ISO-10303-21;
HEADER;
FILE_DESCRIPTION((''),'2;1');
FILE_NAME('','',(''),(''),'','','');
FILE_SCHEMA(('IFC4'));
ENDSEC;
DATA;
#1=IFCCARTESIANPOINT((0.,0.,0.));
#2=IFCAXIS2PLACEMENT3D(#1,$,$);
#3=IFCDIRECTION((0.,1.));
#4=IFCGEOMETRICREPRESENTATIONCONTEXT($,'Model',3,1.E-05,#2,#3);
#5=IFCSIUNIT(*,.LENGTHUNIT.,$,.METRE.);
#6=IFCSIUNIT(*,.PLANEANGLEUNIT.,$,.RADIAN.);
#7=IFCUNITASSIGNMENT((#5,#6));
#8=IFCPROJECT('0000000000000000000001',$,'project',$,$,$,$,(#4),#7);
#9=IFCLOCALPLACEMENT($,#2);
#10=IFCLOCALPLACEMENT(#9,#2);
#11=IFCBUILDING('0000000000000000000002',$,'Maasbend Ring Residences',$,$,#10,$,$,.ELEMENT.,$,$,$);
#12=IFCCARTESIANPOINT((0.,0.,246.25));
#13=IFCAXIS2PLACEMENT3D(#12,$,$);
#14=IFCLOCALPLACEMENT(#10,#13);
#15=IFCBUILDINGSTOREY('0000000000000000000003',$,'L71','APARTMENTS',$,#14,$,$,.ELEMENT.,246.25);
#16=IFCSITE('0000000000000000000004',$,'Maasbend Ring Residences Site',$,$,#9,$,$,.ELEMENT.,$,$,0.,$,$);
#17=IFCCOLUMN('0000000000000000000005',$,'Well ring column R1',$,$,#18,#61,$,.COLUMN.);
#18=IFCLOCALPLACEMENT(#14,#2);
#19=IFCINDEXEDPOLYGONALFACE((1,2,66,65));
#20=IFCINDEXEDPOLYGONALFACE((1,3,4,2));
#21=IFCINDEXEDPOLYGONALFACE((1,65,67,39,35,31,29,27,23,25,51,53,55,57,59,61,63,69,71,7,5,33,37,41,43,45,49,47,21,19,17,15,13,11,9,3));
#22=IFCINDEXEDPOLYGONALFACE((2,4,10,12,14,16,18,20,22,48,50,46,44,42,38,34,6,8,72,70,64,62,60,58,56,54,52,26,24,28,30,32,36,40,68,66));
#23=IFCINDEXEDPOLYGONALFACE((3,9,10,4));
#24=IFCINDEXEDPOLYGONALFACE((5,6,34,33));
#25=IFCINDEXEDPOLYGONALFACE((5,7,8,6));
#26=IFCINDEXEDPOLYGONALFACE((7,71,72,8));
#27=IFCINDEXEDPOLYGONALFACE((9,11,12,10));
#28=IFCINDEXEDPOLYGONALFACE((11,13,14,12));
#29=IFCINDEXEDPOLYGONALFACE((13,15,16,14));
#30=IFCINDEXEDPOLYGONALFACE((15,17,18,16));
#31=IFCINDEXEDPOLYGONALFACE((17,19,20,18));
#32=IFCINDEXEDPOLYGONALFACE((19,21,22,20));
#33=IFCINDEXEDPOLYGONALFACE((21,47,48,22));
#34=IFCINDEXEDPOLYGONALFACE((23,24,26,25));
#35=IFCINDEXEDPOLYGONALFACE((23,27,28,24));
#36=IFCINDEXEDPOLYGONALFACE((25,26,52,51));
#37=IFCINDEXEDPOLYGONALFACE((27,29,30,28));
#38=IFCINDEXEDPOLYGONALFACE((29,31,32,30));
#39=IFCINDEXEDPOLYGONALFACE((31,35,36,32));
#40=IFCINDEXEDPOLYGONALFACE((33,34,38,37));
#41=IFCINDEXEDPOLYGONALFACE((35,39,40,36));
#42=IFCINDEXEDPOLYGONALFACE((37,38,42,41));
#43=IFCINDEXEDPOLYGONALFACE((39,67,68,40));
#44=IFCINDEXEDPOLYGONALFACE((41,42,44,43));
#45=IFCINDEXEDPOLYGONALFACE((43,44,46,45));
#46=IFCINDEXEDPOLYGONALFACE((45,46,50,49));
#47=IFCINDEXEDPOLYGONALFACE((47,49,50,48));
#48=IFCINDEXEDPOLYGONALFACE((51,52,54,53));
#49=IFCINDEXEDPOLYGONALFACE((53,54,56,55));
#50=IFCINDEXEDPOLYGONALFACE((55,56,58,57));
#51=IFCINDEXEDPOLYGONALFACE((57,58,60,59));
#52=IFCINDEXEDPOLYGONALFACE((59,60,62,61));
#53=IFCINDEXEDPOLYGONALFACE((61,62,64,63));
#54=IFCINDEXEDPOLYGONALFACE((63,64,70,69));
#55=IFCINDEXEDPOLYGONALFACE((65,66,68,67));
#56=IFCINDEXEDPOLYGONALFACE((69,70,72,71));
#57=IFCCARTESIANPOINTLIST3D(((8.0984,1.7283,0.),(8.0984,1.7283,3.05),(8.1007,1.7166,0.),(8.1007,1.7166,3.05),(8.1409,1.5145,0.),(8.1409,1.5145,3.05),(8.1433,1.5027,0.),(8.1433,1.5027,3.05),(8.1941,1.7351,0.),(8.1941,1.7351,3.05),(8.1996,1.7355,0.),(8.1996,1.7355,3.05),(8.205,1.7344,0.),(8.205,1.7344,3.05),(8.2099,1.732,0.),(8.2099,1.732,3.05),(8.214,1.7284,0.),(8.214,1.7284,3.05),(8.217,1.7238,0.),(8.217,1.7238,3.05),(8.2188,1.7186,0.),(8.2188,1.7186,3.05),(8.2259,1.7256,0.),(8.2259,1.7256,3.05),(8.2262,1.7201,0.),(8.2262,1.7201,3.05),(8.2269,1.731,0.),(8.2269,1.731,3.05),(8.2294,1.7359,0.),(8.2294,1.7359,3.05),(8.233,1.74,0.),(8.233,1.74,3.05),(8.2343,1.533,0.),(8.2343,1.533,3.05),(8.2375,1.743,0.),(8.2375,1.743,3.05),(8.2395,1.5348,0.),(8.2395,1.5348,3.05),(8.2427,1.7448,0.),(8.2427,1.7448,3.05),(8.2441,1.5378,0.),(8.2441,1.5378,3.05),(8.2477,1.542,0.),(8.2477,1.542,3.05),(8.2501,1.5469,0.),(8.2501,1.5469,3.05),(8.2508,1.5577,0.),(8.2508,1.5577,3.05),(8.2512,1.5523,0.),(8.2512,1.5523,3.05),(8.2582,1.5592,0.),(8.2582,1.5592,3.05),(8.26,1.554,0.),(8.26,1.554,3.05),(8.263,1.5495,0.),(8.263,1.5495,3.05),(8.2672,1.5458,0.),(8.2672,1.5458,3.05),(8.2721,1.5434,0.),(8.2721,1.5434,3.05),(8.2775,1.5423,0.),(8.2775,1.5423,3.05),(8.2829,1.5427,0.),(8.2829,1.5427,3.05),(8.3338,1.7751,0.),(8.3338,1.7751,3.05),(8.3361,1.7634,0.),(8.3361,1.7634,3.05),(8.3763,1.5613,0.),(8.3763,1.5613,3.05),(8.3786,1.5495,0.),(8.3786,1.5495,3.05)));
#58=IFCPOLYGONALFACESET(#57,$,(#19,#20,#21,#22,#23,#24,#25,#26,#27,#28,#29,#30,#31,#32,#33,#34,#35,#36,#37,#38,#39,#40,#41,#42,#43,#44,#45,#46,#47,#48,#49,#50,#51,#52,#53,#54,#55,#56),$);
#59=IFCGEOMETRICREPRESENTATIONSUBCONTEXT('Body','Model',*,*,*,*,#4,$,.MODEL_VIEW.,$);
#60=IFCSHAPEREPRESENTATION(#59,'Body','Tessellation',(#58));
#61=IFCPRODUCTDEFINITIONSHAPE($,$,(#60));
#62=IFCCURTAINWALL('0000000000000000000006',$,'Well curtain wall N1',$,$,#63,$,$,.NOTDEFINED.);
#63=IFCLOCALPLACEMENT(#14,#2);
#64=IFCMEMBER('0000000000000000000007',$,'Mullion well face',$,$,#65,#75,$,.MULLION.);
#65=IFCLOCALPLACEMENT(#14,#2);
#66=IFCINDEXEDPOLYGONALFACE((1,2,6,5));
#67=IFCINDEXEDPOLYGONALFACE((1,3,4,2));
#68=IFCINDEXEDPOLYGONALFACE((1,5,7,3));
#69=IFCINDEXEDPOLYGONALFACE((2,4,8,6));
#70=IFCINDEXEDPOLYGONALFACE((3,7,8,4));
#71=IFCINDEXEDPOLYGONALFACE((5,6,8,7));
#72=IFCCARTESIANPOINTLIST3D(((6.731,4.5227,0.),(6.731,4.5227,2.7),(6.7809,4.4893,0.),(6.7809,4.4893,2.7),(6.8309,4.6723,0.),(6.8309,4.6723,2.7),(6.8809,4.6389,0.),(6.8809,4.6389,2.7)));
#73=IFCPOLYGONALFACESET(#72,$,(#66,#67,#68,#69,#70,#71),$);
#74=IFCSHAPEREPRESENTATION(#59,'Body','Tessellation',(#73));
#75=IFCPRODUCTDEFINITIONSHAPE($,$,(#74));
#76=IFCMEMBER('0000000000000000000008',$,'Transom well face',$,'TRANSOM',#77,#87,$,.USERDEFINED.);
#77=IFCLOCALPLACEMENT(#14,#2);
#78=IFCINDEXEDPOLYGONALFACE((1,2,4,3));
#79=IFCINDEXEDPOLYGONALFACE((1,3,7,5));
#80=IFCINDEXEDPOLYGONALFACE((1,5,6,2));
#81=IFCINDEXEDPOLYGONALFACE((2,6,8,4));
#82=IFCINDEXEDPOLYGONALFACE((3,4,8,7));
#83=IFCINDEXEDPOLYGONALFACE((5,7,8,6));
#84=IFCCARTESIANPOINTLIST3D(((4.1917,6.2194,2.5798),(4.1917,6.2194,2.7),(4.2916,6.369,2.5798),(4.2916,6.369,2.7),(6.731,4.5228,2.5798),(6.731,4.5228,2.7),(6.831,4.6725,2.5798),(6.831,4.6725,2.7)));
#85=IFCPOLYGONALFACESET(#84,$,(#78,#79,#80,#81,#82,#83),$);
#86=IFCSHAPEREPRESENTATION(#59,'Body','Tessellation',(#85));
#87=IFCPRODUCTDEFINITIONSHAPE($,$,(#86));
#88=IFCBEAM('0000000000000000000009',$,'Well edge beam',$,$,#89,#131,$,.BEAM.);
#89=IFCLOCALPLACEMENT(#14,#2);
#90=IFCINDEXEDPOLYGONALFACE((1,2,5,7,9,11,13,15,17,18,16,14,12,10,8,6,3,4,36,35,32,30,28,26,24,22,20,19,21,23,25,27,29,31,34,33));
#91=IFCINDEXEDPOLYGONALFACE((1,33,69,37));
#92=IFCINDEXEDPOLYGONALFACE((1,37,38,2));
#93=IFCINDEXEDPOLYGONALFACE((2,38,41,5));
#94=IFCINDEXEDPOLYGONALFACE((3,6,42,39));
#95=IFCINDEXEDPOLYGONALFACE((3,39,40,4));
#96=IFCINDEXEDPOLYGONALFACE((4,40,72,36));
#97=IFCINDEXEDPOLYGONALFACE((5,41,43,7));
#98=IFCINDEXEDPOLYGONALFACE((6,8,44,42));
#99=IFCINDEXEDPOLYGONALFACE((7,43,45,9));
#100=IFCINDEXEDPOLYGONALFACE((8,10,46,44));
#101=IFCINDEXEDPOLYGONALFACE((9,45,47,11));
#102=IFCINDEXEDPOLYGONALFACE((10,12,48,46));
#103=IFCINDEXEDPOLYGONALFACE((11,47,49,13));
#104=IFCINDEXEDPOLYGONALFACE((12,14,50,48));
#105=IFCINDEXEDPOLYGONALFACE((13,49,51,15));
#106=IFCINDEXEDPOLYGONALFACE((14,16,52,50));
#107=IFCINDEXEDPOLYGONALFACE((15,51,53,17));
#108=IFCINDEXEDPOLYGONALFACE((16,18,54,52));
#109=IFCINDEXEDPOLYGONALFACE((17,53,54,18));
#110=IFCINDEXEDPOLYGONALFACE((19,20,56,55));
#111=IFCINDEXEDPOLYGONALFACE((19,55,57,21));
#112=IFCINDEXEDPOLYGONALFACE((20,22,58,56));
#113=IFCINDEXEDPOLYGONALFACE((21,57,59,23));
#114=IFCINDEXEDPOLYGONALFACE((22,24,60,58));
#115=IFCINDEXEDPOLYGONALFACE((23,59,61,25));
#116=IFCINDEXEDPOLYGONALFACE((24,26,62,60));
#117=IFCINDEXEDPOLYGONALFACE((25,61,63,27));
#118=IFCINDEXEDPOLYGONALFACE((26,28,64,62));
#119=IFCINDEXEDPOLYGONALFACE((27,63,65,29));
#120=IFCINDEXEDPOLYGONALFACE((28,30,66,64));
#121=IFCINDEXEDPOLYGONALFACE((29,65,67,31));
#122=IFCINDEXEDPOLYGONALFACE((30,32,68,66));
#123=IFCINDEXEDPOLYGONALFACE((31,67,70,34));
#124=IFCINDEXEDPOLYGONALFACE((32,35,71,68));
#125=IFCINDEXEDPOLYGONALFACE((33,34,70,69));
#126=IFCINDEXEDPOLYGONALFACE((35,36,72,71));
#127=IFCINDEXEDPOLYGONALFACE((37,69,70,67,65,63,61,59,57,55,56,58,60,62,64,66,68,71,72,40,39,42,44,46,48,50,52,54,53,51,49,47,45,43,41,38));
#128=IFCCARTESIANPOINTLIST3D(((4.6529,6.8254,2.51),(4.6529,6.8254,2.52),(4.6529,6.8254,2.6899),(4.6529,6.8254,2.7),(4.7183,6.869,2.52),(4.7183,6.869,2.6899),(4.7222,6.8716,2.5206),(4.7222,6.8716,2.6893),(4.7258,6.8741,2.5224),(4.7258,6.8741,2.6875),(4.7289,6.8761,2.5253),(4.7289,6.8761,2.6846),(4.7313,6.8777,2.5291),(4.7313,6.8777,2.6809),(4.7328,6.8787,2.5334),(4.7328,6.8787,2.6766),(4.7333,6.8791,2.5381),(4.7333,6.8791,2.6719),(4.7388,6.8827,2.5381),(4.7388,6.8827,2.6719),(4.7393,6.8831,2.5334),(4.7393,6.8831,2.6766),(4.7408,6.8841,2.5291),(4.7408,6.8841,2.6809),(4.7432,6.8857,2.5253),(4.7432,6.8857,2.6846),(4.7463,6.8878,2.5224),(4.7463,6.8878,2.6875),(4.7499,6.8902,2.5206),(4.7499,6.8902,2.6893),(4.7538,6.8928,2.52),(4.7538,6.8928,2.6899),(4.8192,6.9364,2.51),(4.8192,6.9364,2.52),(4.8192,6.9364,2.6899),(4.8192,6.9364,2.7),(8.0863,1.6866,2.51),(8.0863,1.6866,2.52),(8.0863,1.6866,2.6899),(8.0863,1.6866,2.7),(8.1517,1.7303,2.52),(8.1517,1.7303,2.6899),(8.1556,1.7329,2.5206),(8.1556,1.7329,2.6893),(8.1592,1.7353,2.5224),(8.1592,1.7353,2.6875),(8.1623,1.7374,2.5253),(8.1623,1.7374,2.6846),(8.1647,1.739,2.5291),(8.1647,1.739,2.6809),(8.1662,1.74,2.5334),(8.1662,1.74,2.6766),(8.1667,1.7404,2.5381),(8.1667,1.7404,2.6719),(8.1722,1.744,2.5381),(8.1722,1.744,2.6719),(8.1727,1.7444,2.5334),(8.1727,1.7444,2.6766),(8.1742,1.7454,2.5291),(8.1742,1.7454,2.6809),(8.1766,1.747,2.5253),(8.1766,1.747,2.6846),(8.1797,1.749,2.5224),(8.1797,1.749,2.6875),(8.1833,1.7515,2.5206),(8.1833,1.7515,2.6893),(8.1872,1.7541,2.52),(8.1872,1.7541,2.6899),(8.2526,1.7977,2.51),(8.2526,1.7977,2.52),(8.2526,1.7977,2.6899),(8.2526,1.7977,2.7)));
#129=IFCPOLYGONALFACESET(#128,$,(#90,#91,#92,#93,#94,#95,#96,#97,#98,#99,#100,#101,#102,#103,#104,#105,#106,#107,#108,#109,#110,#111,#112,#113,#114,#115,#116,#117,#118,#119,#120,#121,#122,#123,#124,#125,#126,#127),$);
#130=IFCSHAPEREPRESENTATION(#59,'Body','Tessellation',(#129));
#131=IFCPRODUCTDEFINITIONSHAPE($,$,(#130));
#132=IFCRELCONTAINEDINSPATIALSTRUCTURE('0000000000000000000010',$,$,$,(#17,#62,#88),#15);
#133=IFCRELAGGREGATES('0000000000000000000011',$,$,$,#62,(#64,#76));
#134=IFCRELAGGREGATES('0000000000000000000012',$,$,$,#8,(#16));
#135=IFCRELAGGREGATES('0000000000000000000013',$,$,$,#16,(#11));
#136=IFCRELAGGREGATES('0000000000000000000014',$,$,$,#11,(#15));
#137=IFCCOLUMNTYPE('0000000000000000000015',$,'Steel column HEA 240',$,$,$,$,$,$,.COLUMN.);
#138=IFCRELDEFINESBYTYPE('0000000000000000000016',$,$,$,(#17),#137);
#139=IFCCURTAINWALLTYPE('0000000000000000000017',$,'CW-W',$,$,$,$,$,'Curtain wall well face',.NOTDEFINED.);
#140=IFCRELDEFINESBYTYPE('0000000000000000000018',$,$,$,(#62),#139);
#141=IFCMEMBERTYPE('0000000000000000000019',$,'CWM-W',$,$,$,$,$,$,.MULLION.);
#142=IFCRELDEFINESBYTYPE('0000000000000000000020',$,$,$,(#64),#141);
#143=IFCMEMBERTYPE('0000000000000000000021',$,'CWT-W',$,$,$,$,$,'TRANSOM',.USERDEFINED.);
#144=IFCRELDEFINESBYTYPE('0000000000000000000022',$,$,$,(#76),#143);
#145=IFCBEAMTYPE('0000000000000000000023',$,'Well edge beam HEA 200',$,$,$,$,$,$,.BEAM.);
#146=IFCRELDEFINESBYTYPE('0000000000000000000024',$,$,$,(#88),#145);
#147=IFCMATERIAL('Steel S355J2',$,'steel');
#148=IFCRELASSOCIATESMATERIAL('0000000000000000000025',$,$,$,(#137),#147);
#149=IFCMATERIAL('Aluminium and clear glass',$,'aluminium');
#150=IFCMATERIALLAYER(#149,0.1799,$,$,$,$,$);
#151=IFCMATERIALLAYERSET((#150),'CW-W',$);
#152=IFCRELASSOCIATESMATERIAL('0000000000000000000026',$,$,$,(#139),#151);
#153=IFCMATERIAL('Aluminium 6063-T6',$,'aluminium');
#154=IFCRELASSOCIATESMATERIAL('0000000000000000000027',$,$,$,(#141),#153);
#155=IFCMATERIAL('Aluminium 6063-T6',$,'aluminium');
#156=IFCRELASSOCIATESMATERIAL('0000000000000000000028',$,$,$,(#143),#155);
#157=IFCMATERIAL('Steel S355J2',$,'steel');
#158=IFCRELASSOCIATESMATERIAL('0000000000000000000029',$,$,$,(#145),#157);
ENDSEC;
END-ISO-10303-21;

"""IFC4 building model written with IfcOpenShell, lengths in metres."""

from ifc_helpers import new_model, si_unit, direction, frame, origin, origin_2d, place, context, subcontext, project, spatial, rectangle, i_section, extrude, material, layer, layer_set, material_profile, profile_set, type_object, element, aggregate, save


model = new_model("IFC4")

# Units and contexts
model_context = context("Model", 3, precision=1e-05, world=origin(), true_north=direction((0.0, 1.0)))
body_context = subcontext(model_context, "Body", "Model", "MODEL_VIEW")
ifc_project = project(units=[si_unit("LENGTHUNIT", "METRE"), si_unit("PLANEANGLEUNIT", "RADIAN")], contexts=[model_context])

# Site, building, storey
site_placement = place(None, origin())
site = spatial("IfcSite", under=ifc_project, at=site_placement, Name="Maasbend Ring Residences Site", CompositionType="ELEMENT", RefElevation=0.0)
building_placement = place(site_placement, origin())
building = spatial("IfcBuilding", under=site, at=building_placement, Name="Maasbend Ring Residences", CompositionType="ELEMENT")
storey_placement = place(building_placement, frame((0.0, 0.0, 246.25)))
storey = spatial("IfcBuildingStorey", under=building, at=storey_placement, Name="L71", Description="APARTMENTS", CompositionType="ELEMENT", Elevation=246.25)

# Column
ifc_material_1 = material(Name="Steel S355J2", Category="steel")
ifc_material_profile_1 = material_profile(ifc_material_1, i_section(OverallWidth=0.24, OverallDepth=0.23, WebThickness=0.0076, FlangeThickness=0.012, FilletRadius=0.021, at=origin_2d()), Name="HEA 240")
ifc_profile_set_1 = profile_set([ifc_material_profile_1], Name="Steel S355J2")
column_type = type_object("IfcColumnType", Name="Steel column HEA 240", PredefinedType="COLUMN", material=ifc_profile_set_1)
column_placement = place(storey_placement, frame((8.2385, 1.6389, 0.0), z_axis=(0.0, 0.0, 1.0), x_axis=(0.980785, 0.19509, 0.0)))
element("IfcColumn", 1, at=column_placement, inside=storey, type_object=column_type, Name="Well ring column R1", PredefinedType="COLUMN", context=body_context, shape_type="SweptSolid", body=[
    extrude(i_section(OverallWidth=0.24, OverallDepth=0.23, WebThickness=0.0076, FlangeThickness=0.012, FilletRadius=0.021, at=origin_2d()), origin(), (0.0, 0.0, 1.0), 3.05),
])

# Curtain wall, members
ifc_material_2 = material(Name="Aluminium and clear glass", Category="aluminium")
ifc_layer_1 = layer(ifc_material_2, 0.1799)
ifc_layer_set_1 = layer_set([ifc_layer_1], Name="CW-W")
curtain_wall_type = type_object("IfcCurtainWallType", Name="CW-W", ElementType="Curtain wall well face", PredefinedType="NOTDEFINED", material=ifc_layer_set_1)
curtain_wall_placement = place(storey_placement, origin())
curtain_wall = element("IfcCurtainWall", 2, at=curtain_wall_placement, inside=storey, type_object=curtain_wall_type, Name="Well curtain wall N1", PredefinedType="NOTDEFINED")
ifc_material_3 = material(Name="Aluminium 6063-T6", Category="aluminium")
ifc_material_profile_2 = material_profile(ifc_material_3, rectangle(XDim=0.1799, YDim=0.0601, at=origin_2d()), Name="AL 180x60")
ifc_profile_set_2 = profile_set([ifc_material_profile_2], Name="Aluminium 6063-T6")
member_type_1 = type_object("IfcMemberType", Name="CWM-W", PredefinedType="MULLION", material=ifc_profile_set_2)
member_1_placement = place(storey_placement, frame((6.8059, 4.5808, 0.0), z_axis=(0.0, 0.0, 1.0), x_axis=(-0.55557, -0.83147, 0.0)))
member_1 = element("IfcMember", 3, at=member_1_placement, type_object=member_type_1, Name="Mullion well face", PredefinedType="MULLION", context=body_context, shape_type="SweptSolid", body=[
    extrude(rectangle(XDim=0.1799, YDim=0.0601, at=origin_2d()), origin(), (0.0, 0.0, 1.0), 2.7),
])
ifc_material_4 = material(Name="Aluminium 6063-T6", Category="aluminium")
ifc_material_profile_3 = material_profile(ifc_material_4, rectangle(XDim=0.1799, YDim=0.1201, at=origin_2d()), Name="AL 180x120")
ifc_profile_set_3 = profile_set([ifc_material_profile_3], Name="Aluminium 6063-T6")
member_type_2 = type_object("IfcMemberType", Name="CWT-W", ElementType="TRANSOM", PredefinedType="USERDEFINED", material=ifc_profile_set_3)
member_2_placement = place(storey_placement, frame((6.781, 4.5977, 2.6399), z_axis=(-0.831496, 0.55553, 0.0), x_axis=(-0.55553, -0.831496, 0.0)))
member_2 = element("IfcMember", 4, at=member_2_placement, type_object=member_type_2, Name="Transom well face", ObjectType="TRANSOM", PredefinedType="USERDEFINED", context=body_context, shape_type="SweptSolid", body=[
    extrude(rectangle(XDim=0.1799, YDim=0.1201, at=origin_2d()), origin(), (0.0, 0.0, 1.0), 3.054),
])
aggregate(curtain_wall, [member_1, member_2])

# Beam
ifc_material_5 = material(Name="Steel S355J2", Category="steel")
ifc_material_profile_4 = material_profile(ifc_material_5, i_section(OverallWidth=0.2, OverallDepth=0.1899, WebThickness=0.0066, FlangeThickness=0.01, FilletRadius=0.0181, at=origin_2d()), Name="HEA 200")
ifc_profile_set_4 = profile_set([ifc_material_profile_4], Name="Steel S355J2")
beam_type = type_object("IfcBeamType", Name="Well edge beam HEA 200", PredefinedType="BEAM", material=ifc_profile_set_4)
beam_placement = place(storey_placement, frame((8.1694, 1.7422, 2.605), z_axis=(-0.555548, 0.831485, 0.0), x_axis=(-0.831485, -0.555548, 0.0)))
element("IfcBeam", 5, at=beam_placement, inside=storey, type_object=beam_type, Name="Well edge beam", PredefinedType="BEAM", context=body_context, shape_type="SweptSolid", body=[
    extrude(i_section(OverallWidth=0.2, OverallDepth=0.1899, WebThickness=0.0066, FlangeThickness=0.01, FilletRadius=0.0181, at=origin_2d()), origin(), (0.0, 0.0, 1.0), 6.1802),
])

save(model, "model.ifc")
